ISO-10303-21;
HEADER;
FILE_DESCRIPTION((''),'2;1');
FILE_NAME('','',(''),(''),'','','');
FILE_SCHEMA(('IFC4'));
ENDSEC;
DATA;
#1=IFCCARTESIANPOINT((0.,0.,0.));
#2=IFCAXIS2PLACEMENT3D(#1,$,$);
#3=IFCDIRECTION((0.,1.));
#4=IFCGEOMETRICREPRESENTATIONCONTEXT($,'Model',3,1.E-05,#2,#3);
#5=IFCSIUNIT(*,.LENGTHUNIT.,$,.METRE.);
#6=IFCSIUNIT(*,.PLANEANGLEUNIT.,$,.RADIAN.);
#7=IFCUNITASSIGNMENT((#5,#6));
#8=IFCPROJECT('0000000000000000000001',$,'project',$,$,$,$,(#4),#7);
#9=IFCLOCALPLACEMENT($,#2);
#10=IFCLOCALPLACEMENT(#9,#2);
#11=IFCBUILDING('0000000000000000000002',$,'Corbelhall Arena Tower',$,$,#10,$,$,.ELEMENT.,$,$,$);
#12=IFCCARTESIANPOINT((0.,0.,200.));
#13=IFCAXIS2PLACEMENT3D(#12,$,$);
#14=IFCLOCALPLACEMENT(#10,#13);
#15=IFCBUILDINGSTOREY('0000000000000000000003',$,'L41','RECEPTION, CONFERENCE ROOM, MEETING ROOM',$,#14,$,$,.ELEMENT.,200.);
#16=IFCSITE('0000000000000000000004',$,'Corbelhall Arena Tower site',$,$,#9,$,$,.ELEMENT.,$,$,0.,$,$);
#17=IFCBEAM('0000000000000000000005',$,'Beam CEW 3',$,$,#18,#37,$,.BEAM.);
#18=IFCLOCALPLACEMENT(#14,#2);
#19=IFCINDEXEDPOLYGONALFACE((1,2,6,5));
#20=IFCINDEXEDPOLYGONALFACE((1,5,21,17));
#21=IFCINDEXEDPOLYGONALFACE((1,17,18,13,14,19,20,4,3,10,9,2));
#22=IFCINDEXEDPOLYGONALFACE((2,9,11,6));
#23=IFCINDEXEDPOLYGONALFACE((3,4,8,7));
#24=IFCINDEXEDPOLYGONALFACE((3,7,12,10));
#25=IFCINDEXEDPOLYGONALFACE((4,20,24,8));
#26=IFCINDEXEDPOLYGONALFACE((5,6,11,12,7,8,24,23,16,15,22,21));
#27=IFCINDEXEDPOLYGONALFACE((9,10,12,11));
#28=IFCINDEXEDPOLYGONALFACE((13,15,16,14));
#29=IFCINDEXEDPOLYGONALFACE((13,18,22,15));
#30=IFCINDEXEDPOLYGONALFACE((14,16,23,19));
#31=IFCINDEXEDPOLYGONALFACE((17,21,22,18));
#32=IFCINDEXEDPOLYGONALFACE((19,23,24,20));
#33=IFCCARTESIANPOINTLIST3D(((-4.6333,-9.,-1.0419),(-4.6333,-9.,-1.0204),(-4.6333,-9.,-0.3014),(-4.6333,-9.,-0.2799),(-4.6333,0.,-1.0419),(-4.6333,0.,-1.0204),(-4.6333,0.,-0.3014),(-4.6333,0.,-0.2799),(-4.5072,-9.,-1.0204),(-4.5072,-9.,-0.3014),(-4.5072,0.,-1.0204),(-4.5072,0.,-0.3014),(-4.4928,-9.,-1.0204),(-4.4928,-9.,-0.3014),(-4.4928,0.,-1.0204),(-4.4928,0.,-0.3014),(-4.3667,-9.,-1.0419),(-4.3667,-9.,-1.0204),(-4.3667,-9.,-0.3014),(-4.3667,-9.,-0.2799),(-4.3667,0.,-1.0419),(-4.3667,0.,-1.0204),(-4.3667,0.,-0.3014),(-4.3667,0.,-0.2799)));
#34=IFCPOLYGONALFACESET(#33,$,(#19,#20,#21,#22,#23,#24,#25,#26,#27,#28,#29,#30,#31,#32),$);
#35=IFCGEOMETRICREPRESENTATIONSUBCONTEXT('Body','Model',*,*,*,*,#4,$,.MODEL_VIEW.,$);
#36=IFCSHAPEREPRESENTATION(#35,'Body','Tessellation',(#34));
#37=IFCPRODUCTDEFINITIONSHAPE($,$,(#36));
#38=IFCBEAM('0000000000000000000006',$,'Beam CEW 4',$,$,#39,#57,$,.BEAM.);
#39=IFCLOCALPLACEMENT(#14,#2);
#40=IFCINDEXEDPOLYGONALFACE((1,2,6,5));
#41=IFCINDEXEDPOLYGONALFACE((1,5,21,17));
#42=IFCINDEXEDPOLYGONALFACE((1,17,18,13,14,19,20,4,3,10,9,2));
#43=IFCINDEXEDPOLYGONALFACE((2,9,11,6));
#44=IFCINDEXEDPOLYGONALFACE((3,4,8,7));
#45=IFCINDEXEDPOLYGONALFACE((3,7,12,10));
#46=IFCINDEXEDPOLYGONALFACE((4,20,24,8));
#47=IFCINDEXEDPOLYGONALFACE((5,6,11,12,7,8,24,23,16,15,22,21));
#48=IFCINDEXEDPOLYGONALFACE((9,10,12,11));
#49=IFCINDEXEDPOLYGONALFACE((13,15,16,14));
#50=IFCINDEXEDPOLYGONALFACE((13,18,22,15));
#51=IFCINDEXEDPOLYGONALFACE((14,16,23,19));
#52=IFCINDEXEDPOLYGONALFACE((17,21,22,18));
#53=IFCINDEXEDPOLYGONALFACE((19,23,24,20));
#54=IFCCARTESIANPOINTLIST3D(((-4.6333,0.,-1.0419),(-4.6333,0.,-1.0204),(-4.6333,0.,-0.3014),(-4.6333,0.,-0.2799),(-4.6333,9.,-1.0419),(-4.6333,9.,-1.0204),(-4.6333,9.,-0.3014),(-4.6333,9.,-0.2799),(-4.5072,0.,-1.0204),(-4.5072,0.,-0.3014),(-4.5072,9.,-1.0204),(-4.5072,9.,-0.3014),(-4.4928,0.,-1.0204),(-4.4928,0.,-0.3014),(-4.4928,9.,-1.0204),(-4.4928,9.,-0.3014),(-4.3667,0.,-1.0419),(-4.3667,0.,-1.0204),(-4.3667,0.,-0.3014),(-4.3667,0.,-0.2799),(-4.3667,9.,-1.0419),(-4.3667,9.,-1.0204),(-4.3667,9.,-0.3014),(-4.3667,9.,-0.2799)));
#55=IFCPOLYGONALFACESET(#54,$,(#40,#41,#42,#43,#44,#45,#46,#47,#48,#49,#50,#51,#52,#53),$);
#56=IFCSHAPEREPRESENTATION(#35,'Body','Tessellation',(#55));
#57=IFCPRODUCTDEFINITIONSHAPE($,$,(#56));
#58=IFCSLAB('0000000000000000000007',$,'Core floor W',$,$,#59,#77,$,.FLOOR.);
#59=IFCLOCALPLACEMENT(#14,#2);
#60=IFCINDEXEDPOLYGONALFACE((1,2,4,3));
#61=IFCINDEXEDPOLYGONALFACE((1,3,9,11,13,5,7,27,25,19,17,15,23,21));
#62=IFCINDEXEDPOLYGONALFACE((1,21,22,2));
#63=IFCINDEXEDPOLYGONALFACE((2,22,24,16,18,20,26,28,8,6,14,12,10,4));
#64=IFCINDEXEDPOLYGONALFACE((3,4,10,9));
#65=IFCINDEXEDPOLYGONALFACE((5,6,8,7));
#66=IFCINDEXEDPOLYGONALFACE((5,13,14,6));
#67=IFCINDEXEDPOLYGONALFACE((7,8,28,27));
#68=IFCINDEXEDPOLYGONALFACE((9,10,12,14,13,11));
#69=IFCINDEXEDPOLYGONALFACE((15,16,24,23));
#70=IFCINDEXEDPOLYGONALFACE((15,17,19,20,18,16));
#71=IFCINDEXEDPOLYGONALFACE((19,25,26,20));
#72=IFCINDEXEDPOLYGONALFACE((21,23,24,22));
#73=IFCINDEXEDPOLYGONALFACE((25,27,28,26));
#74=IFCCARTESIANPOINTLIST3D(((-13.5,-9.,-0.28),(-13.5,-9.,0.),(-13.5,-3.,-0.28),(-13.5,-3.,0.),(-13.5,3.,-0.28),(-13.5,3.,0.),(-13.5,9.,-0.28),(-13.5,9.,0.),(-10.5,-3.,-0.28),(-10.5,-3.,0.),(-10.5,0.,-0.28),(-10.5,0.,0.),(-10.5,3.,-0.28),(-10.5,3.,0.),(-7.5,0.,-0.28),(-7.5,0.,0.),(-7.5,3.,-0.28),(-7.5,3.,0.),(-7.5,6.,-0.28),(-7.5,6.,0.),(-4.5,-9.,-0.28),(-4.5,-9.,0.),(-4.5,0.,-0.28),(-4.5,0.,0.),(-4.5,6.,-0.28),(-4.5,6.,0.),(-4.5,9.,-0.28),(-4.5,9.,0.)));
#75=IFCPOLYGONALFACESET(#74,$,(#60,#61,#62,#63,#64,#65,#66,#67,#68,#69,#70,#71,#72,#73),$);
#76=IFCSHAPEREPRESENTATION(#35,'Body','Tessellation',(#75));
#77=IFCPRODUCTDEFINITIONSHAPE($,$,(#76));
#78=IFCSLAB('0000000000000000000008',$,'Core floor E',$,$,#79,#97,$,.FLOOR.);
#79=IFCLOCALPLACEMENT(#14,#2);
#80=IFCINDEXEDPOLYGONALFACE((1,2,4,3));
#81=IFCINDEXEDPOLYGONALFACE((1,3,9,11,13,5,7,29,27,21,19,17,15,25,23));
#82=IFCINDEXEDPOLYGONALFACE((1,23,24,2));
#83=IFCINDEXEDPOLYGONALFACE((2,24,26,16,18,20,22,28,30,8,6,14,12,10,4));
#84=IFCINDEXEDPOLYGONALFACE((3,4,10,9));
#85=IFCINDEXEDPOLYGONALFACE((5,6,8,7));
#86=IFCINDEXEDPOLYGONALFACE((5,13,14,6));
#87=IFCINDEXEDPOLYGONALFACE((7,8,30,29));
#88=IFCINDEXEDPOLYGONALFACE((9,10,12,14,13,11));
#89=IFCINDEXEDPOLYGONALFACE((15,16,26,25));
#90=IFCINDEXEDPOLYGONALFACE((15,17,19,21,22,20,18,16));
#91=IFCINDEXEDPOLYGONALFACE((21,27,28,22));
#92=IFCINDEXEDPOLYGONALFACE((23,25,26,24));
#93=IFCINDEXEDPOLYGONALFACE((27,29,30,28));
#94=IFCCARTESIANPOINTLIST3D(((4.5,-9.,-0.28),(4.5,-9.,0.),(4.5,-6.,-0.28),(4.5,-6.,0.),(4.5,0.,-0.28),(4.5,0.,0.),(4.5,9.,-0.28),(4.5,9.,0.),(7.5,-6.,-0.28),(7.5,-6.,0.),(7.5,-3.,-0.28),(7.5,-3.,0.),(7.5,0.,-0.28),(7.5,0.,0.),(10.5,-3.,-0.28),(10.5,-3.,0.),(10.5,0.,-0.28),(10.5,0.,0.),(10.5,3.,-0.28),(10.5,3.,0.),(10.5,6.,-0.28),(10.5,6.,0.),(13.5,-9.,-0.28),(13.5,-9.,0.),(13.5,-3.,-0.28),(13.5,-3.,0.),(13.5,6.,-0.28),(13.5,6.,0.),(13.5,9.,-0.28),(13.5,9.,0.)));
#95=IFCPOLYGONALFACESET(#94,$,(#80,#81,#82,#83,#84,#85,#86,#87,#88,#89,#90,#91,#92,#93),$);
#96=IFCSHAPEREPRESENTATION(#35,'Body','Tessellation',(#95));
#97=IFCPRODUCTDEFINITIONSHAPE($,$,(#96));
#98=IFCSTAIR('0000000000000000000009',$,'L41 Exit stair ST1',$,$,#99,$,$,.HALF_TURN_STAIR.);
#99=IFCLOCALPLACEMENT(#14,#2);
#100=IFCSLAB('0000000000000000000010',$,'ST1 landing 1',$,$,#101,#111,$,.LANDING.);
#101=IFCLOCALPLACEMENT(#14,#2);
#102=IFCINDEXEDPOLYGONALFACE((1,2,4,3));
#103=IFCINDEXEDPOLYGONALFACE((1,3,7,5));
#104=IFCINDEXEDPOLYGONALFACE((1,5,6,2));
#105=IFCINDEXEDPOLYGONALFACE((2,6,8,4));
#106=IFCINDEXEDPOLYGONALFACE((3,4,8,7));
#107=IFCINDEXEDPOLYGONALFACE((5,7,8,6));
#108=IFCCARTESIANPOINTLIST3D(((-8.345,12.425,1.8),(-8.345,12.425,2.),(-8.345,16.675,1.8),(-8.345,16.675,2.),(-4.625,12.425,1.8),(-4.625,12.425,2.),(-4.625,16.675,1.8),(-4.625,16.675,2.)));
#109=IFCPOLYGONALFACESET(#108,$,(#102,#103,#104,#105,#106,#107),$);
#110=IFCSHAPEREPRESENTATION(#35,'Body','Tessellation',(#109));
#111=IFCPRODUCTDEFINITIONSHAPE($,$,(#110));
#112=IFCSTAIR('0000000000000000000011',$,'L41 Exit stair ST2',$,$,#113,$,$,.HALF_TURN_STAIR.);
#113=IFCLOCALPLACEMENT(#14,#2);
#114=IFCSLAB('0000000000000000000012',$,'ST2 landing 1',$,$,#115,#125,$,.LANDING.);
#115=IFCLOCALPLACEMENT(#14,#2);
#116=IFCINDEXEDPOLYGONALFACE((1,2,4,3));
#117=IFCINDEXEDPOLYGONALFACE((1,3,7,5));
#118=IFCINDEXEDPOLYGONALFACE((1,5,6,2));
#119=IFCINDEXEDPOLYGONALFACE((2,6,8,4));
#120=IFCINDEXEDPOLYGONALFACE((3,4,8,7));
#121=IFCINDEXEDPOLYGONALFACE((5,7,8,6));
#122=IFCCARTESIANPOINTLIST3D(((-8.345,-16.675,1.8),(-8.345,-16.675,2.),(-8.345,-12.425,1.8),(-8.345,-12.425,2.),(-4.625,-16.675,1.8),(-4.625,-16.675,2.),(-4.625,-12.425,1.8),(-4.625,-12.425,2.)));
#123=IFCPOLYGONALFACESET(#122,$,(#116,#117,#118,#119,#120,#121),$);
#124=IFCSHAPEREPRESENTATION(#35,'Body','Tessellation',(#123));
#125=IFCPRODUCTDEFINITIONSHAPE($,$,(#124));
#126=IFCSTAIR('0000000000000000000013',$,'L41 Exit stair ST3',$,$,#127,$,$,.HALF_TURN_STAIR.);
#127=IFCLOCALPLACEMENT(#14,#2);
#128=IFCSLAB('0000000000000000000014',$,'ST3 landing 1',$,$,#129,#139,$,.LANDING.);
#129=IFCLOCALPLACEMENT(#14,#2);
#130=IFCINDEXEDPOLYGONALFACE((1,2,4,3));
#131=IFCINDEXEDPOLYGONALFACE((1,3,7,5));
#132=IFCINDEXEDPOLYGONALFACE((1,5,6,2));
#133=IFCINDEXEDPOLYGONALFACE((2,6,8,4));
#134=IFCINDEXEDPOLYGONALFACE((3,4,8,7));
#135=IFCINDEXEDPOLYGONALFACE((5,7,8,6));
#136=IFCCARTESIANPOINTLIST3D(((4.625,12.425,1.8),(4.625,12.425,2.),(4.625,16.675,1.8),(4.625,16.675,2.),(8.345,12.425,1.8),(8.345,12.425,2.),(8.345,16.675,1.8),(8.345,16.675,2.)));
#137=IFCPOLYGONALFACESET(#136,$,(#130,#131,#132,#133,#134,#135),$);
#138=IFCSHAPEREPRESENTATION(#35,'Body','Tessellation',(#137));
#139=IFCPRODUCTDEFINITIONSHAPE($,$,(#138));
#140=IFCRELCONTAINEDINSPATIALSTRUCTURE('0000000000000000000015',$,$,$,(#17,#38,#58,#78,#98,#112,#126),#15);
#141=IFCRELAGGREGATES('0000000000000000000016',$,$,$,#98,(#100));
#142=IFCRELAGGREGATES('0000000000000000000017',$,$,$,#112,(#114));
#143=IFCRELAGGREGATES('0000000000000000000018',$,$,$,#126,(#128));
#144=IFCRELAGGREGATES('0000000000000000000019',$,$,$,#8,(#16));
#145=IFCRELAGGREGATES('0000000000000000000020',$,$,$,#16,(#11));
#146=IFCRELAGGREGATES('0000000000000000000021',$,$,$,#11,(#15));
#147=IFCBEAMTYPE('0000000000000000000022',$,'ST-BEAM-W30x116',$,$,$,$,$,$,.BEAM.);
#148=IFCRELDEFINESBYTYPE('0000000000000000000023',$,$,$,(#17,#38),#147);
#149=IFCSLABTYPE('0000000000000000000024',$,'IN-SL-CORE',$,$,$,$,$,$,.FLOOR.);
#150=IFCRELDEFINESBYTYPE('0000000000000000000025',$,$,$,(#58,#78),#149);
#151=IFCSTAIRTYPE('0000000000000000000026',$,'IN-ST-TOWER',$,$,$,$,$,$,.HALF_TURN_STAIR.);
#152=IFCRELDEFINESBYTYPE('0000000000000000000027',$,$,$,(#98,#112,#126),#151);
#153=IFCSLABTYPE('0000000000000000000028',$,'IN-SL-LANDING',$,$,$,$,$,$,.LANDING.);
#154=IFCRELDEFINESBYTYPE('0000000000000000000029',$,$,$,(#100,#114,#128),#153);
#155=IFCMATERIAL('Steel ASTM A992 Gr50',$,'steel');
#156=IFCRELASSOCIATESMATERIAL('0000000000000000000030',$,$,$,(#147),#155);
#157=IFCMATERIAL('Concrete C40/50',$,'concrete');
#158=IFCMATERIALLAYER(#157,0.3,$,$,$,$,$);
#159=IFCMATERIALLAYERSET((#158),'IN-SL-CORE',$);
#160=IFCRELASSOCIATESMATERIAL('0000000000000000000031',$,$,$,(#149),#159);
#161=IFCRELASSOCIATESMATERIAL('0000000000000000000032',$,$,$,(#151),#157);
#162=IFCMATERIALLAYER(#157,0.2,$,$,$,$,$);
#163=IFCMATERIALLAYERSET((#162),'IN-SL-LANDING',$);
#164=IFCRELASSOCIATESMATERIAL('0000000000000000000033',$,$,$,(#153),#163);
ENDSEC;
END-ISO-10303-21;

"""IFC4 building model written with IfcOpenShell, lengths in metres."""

from ifc_helpers import new_model, si_unit, direction, frame, origin, origin_2d, place, context, subcontext, project, spatial, polyline, i_section, outline, extrude, material, layer, layer_set, material_profile, profile_set, type_object, element, aggregate, save


model = new_model("IFC4")

# Units and contexts
model_context = context("Model", 3, precision=1e-05, world=origin(), true_north=direction((0.0, 1.0)))
body_context = subcontext(model_context, "Body", "Model", "MODEL_VIEW")
ifc_project = project(units=[si_unit("LENGTHUNIT", "METRE"), si_unit("PLANEANGLEUNIT", "RADIAN")], contexts=[model_context])

# Site, building, storey
site_placement = place(None, origin())
site = spatial("IfcSite", under=ifc_project, at=site_placement, Name="Corbelhall Arena Tower site", CompositionType="ELEMENT", RefElevation=0.0)
building_placement = place(site_placement, origin())
building = spatial("IfcBuilding", under=site, at=building_placement, Name="Corbelhall Arena Tower", CompositionType="ELEMENT")
storey_placement = place(building_placement, frame((0.0, 0.0, 200.0)))
storey = spatial("IfcBuildingStorey", under=building, at=storey_placement, Name="L41", Description="RECEPTION, CONFERENCE ROOM, MEETING ROOM", CompositionType="ELEMENT", Elevation=200.0)

# Beams
ifc_material_1 = material(Name="Steel ASTM A992 Gr50", Category="steel")
ifc_material_profile = material_profile(ifc_material_1, i_section(OverallWidth=0.2666, OverallDepth=0.762, WebThickness=0.0144, FlangeThickness=0.0215, at=origin_2d()))
ifc_profile_set = profile_set([ifc_material_profile], Name="Steel ASTM A992 Gr50")
beam_type = type_object("IfcBeamType", Name="ST-BEAM-W30x116", PredefinedType="BEAM", material=ifc_profile_set)
for number, where, z_axis, x_axis, name in (
    (1, (-4.5, -9.0, -0.6609), (0.0, 1.0, 0.0), (-1.0, 0.0, 0.0), "Beam CEW 3"),
    (2, (-4.5, 0.0, -0.6609), (0.0, 1.0, 0.0), (-1.0, 0.0, 0.0), "Beam CEW 4"),
):
    element("IfcBeam", number, at=place(storey_placement, frame(where, z_axis=z_axis, x_axis=x_axis)), inside=storey, type_object=beam_type, Name=name, PredefinedType="BEAM", context=body_context, shape_type="SweptSolid", body=[
        extrude(i_section(OverallWidth=0.2666, OverallDepth=0.762, WebThickness=0.0144, FlangeThickness=0.0215, at=origin_2d()), origin(), (0.0, 0.0, 1.0), 9.0),
    ])

# Slabs
ifc_material_2 = material(Name="Concrete C40/50", Category="concrete")
ifc_layer_1 = layer(ifc_material_2, 0.3)
ifc_layer_set_1 = layer_set([ifc_layer_1], Name="IN-SL-CORE")
slab_type_1 = type_object("IfcSlabType", Name="IN-SL-CORE", PredefinedType="FLOOR", material=ifc_layer_set_1)
slab_1_placement = place(storey_placement, frame((0.0, 0.0, -0.28)))
element("IfcSlab", 3, at=slab_1_placement, inside=storey, type_object=slab_type_1, Name="Core floor W", PredefinedType="FLOOR", context=body_context, shape_type="SweptSolid", body=[
    extrude(outline(polyline([(-10.5, -3.0), (-13.5, -3.0), (-13.5, -9.0), (-4.5, -9.0), (-4.5, 0.0), (-7.5, 0.0), (-7.5, 3.0), (-7.5, 6.0), (-4.5, 6.0), (-4.5, 9.0), (-13.5, 9.0), (-13.5, 3.0), (-10.5, 3.0), (-10.5, 0.0), (-10.5, -3.0)])), origin(), (0.0, 0.0, 1.0), 0.28),
])
slab_2_placement = place(storey_placement, frame((0.0, 0.0, -0.28)))
element("IfcSlab", 4, at=slab_2_placement, inside=storey, type_object=slab_type_1, Name="Core floor E", PredefinedType="FLOOR", context=body_context, shape_type="SweptSolid", body=[
    extrude(outline(polyline([(13.5, -3.0), (10.5, -3.0), (10.5, 0.0), (10.5, 3.0), (10.5, 6.0), (13.5, 6.0), (13.5, 9.0), (4.5, 9.0), (4.5, 0.0), (7.5, 0.0), (7.5, -3.0), (7.5, -6.0), (4.5, -6.0), (4.5, -9.0), (13.5, -9.0), (13.5, -3.0)])), origin(), (0.0, 0.0, 1.0), 0.28),
])

# Stairs, slabs
stair_type = type_object("IfcStairType", Name="IN-ST-TOWER", PredefinedType="HALF_TURN_STAIR", material=ifc_material_2)
stair_1_placement = place(storey_placement, origin())
stair_1 = element("IfcStair", 5, at=stair_1_placement, inside=storey, type_object=stair_type, Name="L41 Exit stair ST1", PredefinedType="HALF_TURN_STAIR")
ifc_layer_2 = layer(ifc_material_2, 0.2)
ifc_layer_set_2 = layer_set([ifc_layer_2], Name="IN-SL-LANDING")
slab_type_2 = type_object("IfcSlabType", Name="IN-SL-LANDING", PredefinedType="LANDING", material=ifc_layer_set_2)
slab_3_placement = place(storey_placement, frame((0.0, 0.0, 1.8)))
slab_3 = element("IfcSlab", 6, at=slab_3_placement, type_object=slab_type_2, Name="ST1 landing 1", PredefinedType="LANDING", context=body_context, shape_type="SweptSolid", body=[
    extrude(outline(polyline([(-8.345, 12.425), (-4.625, 12.425), (-4.625, 16.675), (-8.345, 16.675), (-8.345, 12.425)])), origin(), (0.0, 0.0, 1.0), 0.2),
])
aggregate(stair_1, [slab_3])
stair_2_placement = place(storey_placement, origin())
stair_2 = element("IfcStair", 7, at=stair_2_placement, inside=storey, type_object=stair_type, Name="L41 Exit stair ST2", PredefinedType="HALF_TURN_STAIR")
slab_4_placement = place(storey_placement, frame((0.0, 0.0, 1.8)))
slab_4 = element("IfcSlab", 8, at=slab_4_placement, type_object=slab_type_2, Name="ST2 landing 1", PredefinedType="LANDING", context=body_context, shape_type="SweptSolid", body=[
    extrude(outline(polyline([(-8.345, -16.675), (-4.625, -16.675), (-4.625, -12.425), (-8.345, -12.425), (-8.345, -16.675)])), origin(), (0.0, 0.0, 1.0), 0.2),
])
aggregate(stair_2, [slab_4])
stair_3_placement = place(storey_placement, origin())
stair_3 = element("IfcStair", 9, at=stair_3_placement, inside=storey, type_object=stair_type, Name="L41 Exit stair ST3", PredefinedType="HALF_TURN_STAIR")
slab_5_placement = place(storey_placement, frame((0.0, 0.0, 1.8)))
slab_5 = element("IfcSlab", 10, at=slab_5_placement, type_object=slab_type_2, Name="ST3 landing 1", PredefinedType="LANDING", context=body_context, shape_type="SweptSolid", body=[
    extrude(outline(polyline([(8.345, 16.675), (4.625, 16.675), (4.625, 12.425), (8.345, 12.425), (8.345, 16.675)])), origin(), (0.0, 0.0, 1.0), 0.2),
])
aggregate(stair_3, [slab_5])

save(model, "model.ifc")
